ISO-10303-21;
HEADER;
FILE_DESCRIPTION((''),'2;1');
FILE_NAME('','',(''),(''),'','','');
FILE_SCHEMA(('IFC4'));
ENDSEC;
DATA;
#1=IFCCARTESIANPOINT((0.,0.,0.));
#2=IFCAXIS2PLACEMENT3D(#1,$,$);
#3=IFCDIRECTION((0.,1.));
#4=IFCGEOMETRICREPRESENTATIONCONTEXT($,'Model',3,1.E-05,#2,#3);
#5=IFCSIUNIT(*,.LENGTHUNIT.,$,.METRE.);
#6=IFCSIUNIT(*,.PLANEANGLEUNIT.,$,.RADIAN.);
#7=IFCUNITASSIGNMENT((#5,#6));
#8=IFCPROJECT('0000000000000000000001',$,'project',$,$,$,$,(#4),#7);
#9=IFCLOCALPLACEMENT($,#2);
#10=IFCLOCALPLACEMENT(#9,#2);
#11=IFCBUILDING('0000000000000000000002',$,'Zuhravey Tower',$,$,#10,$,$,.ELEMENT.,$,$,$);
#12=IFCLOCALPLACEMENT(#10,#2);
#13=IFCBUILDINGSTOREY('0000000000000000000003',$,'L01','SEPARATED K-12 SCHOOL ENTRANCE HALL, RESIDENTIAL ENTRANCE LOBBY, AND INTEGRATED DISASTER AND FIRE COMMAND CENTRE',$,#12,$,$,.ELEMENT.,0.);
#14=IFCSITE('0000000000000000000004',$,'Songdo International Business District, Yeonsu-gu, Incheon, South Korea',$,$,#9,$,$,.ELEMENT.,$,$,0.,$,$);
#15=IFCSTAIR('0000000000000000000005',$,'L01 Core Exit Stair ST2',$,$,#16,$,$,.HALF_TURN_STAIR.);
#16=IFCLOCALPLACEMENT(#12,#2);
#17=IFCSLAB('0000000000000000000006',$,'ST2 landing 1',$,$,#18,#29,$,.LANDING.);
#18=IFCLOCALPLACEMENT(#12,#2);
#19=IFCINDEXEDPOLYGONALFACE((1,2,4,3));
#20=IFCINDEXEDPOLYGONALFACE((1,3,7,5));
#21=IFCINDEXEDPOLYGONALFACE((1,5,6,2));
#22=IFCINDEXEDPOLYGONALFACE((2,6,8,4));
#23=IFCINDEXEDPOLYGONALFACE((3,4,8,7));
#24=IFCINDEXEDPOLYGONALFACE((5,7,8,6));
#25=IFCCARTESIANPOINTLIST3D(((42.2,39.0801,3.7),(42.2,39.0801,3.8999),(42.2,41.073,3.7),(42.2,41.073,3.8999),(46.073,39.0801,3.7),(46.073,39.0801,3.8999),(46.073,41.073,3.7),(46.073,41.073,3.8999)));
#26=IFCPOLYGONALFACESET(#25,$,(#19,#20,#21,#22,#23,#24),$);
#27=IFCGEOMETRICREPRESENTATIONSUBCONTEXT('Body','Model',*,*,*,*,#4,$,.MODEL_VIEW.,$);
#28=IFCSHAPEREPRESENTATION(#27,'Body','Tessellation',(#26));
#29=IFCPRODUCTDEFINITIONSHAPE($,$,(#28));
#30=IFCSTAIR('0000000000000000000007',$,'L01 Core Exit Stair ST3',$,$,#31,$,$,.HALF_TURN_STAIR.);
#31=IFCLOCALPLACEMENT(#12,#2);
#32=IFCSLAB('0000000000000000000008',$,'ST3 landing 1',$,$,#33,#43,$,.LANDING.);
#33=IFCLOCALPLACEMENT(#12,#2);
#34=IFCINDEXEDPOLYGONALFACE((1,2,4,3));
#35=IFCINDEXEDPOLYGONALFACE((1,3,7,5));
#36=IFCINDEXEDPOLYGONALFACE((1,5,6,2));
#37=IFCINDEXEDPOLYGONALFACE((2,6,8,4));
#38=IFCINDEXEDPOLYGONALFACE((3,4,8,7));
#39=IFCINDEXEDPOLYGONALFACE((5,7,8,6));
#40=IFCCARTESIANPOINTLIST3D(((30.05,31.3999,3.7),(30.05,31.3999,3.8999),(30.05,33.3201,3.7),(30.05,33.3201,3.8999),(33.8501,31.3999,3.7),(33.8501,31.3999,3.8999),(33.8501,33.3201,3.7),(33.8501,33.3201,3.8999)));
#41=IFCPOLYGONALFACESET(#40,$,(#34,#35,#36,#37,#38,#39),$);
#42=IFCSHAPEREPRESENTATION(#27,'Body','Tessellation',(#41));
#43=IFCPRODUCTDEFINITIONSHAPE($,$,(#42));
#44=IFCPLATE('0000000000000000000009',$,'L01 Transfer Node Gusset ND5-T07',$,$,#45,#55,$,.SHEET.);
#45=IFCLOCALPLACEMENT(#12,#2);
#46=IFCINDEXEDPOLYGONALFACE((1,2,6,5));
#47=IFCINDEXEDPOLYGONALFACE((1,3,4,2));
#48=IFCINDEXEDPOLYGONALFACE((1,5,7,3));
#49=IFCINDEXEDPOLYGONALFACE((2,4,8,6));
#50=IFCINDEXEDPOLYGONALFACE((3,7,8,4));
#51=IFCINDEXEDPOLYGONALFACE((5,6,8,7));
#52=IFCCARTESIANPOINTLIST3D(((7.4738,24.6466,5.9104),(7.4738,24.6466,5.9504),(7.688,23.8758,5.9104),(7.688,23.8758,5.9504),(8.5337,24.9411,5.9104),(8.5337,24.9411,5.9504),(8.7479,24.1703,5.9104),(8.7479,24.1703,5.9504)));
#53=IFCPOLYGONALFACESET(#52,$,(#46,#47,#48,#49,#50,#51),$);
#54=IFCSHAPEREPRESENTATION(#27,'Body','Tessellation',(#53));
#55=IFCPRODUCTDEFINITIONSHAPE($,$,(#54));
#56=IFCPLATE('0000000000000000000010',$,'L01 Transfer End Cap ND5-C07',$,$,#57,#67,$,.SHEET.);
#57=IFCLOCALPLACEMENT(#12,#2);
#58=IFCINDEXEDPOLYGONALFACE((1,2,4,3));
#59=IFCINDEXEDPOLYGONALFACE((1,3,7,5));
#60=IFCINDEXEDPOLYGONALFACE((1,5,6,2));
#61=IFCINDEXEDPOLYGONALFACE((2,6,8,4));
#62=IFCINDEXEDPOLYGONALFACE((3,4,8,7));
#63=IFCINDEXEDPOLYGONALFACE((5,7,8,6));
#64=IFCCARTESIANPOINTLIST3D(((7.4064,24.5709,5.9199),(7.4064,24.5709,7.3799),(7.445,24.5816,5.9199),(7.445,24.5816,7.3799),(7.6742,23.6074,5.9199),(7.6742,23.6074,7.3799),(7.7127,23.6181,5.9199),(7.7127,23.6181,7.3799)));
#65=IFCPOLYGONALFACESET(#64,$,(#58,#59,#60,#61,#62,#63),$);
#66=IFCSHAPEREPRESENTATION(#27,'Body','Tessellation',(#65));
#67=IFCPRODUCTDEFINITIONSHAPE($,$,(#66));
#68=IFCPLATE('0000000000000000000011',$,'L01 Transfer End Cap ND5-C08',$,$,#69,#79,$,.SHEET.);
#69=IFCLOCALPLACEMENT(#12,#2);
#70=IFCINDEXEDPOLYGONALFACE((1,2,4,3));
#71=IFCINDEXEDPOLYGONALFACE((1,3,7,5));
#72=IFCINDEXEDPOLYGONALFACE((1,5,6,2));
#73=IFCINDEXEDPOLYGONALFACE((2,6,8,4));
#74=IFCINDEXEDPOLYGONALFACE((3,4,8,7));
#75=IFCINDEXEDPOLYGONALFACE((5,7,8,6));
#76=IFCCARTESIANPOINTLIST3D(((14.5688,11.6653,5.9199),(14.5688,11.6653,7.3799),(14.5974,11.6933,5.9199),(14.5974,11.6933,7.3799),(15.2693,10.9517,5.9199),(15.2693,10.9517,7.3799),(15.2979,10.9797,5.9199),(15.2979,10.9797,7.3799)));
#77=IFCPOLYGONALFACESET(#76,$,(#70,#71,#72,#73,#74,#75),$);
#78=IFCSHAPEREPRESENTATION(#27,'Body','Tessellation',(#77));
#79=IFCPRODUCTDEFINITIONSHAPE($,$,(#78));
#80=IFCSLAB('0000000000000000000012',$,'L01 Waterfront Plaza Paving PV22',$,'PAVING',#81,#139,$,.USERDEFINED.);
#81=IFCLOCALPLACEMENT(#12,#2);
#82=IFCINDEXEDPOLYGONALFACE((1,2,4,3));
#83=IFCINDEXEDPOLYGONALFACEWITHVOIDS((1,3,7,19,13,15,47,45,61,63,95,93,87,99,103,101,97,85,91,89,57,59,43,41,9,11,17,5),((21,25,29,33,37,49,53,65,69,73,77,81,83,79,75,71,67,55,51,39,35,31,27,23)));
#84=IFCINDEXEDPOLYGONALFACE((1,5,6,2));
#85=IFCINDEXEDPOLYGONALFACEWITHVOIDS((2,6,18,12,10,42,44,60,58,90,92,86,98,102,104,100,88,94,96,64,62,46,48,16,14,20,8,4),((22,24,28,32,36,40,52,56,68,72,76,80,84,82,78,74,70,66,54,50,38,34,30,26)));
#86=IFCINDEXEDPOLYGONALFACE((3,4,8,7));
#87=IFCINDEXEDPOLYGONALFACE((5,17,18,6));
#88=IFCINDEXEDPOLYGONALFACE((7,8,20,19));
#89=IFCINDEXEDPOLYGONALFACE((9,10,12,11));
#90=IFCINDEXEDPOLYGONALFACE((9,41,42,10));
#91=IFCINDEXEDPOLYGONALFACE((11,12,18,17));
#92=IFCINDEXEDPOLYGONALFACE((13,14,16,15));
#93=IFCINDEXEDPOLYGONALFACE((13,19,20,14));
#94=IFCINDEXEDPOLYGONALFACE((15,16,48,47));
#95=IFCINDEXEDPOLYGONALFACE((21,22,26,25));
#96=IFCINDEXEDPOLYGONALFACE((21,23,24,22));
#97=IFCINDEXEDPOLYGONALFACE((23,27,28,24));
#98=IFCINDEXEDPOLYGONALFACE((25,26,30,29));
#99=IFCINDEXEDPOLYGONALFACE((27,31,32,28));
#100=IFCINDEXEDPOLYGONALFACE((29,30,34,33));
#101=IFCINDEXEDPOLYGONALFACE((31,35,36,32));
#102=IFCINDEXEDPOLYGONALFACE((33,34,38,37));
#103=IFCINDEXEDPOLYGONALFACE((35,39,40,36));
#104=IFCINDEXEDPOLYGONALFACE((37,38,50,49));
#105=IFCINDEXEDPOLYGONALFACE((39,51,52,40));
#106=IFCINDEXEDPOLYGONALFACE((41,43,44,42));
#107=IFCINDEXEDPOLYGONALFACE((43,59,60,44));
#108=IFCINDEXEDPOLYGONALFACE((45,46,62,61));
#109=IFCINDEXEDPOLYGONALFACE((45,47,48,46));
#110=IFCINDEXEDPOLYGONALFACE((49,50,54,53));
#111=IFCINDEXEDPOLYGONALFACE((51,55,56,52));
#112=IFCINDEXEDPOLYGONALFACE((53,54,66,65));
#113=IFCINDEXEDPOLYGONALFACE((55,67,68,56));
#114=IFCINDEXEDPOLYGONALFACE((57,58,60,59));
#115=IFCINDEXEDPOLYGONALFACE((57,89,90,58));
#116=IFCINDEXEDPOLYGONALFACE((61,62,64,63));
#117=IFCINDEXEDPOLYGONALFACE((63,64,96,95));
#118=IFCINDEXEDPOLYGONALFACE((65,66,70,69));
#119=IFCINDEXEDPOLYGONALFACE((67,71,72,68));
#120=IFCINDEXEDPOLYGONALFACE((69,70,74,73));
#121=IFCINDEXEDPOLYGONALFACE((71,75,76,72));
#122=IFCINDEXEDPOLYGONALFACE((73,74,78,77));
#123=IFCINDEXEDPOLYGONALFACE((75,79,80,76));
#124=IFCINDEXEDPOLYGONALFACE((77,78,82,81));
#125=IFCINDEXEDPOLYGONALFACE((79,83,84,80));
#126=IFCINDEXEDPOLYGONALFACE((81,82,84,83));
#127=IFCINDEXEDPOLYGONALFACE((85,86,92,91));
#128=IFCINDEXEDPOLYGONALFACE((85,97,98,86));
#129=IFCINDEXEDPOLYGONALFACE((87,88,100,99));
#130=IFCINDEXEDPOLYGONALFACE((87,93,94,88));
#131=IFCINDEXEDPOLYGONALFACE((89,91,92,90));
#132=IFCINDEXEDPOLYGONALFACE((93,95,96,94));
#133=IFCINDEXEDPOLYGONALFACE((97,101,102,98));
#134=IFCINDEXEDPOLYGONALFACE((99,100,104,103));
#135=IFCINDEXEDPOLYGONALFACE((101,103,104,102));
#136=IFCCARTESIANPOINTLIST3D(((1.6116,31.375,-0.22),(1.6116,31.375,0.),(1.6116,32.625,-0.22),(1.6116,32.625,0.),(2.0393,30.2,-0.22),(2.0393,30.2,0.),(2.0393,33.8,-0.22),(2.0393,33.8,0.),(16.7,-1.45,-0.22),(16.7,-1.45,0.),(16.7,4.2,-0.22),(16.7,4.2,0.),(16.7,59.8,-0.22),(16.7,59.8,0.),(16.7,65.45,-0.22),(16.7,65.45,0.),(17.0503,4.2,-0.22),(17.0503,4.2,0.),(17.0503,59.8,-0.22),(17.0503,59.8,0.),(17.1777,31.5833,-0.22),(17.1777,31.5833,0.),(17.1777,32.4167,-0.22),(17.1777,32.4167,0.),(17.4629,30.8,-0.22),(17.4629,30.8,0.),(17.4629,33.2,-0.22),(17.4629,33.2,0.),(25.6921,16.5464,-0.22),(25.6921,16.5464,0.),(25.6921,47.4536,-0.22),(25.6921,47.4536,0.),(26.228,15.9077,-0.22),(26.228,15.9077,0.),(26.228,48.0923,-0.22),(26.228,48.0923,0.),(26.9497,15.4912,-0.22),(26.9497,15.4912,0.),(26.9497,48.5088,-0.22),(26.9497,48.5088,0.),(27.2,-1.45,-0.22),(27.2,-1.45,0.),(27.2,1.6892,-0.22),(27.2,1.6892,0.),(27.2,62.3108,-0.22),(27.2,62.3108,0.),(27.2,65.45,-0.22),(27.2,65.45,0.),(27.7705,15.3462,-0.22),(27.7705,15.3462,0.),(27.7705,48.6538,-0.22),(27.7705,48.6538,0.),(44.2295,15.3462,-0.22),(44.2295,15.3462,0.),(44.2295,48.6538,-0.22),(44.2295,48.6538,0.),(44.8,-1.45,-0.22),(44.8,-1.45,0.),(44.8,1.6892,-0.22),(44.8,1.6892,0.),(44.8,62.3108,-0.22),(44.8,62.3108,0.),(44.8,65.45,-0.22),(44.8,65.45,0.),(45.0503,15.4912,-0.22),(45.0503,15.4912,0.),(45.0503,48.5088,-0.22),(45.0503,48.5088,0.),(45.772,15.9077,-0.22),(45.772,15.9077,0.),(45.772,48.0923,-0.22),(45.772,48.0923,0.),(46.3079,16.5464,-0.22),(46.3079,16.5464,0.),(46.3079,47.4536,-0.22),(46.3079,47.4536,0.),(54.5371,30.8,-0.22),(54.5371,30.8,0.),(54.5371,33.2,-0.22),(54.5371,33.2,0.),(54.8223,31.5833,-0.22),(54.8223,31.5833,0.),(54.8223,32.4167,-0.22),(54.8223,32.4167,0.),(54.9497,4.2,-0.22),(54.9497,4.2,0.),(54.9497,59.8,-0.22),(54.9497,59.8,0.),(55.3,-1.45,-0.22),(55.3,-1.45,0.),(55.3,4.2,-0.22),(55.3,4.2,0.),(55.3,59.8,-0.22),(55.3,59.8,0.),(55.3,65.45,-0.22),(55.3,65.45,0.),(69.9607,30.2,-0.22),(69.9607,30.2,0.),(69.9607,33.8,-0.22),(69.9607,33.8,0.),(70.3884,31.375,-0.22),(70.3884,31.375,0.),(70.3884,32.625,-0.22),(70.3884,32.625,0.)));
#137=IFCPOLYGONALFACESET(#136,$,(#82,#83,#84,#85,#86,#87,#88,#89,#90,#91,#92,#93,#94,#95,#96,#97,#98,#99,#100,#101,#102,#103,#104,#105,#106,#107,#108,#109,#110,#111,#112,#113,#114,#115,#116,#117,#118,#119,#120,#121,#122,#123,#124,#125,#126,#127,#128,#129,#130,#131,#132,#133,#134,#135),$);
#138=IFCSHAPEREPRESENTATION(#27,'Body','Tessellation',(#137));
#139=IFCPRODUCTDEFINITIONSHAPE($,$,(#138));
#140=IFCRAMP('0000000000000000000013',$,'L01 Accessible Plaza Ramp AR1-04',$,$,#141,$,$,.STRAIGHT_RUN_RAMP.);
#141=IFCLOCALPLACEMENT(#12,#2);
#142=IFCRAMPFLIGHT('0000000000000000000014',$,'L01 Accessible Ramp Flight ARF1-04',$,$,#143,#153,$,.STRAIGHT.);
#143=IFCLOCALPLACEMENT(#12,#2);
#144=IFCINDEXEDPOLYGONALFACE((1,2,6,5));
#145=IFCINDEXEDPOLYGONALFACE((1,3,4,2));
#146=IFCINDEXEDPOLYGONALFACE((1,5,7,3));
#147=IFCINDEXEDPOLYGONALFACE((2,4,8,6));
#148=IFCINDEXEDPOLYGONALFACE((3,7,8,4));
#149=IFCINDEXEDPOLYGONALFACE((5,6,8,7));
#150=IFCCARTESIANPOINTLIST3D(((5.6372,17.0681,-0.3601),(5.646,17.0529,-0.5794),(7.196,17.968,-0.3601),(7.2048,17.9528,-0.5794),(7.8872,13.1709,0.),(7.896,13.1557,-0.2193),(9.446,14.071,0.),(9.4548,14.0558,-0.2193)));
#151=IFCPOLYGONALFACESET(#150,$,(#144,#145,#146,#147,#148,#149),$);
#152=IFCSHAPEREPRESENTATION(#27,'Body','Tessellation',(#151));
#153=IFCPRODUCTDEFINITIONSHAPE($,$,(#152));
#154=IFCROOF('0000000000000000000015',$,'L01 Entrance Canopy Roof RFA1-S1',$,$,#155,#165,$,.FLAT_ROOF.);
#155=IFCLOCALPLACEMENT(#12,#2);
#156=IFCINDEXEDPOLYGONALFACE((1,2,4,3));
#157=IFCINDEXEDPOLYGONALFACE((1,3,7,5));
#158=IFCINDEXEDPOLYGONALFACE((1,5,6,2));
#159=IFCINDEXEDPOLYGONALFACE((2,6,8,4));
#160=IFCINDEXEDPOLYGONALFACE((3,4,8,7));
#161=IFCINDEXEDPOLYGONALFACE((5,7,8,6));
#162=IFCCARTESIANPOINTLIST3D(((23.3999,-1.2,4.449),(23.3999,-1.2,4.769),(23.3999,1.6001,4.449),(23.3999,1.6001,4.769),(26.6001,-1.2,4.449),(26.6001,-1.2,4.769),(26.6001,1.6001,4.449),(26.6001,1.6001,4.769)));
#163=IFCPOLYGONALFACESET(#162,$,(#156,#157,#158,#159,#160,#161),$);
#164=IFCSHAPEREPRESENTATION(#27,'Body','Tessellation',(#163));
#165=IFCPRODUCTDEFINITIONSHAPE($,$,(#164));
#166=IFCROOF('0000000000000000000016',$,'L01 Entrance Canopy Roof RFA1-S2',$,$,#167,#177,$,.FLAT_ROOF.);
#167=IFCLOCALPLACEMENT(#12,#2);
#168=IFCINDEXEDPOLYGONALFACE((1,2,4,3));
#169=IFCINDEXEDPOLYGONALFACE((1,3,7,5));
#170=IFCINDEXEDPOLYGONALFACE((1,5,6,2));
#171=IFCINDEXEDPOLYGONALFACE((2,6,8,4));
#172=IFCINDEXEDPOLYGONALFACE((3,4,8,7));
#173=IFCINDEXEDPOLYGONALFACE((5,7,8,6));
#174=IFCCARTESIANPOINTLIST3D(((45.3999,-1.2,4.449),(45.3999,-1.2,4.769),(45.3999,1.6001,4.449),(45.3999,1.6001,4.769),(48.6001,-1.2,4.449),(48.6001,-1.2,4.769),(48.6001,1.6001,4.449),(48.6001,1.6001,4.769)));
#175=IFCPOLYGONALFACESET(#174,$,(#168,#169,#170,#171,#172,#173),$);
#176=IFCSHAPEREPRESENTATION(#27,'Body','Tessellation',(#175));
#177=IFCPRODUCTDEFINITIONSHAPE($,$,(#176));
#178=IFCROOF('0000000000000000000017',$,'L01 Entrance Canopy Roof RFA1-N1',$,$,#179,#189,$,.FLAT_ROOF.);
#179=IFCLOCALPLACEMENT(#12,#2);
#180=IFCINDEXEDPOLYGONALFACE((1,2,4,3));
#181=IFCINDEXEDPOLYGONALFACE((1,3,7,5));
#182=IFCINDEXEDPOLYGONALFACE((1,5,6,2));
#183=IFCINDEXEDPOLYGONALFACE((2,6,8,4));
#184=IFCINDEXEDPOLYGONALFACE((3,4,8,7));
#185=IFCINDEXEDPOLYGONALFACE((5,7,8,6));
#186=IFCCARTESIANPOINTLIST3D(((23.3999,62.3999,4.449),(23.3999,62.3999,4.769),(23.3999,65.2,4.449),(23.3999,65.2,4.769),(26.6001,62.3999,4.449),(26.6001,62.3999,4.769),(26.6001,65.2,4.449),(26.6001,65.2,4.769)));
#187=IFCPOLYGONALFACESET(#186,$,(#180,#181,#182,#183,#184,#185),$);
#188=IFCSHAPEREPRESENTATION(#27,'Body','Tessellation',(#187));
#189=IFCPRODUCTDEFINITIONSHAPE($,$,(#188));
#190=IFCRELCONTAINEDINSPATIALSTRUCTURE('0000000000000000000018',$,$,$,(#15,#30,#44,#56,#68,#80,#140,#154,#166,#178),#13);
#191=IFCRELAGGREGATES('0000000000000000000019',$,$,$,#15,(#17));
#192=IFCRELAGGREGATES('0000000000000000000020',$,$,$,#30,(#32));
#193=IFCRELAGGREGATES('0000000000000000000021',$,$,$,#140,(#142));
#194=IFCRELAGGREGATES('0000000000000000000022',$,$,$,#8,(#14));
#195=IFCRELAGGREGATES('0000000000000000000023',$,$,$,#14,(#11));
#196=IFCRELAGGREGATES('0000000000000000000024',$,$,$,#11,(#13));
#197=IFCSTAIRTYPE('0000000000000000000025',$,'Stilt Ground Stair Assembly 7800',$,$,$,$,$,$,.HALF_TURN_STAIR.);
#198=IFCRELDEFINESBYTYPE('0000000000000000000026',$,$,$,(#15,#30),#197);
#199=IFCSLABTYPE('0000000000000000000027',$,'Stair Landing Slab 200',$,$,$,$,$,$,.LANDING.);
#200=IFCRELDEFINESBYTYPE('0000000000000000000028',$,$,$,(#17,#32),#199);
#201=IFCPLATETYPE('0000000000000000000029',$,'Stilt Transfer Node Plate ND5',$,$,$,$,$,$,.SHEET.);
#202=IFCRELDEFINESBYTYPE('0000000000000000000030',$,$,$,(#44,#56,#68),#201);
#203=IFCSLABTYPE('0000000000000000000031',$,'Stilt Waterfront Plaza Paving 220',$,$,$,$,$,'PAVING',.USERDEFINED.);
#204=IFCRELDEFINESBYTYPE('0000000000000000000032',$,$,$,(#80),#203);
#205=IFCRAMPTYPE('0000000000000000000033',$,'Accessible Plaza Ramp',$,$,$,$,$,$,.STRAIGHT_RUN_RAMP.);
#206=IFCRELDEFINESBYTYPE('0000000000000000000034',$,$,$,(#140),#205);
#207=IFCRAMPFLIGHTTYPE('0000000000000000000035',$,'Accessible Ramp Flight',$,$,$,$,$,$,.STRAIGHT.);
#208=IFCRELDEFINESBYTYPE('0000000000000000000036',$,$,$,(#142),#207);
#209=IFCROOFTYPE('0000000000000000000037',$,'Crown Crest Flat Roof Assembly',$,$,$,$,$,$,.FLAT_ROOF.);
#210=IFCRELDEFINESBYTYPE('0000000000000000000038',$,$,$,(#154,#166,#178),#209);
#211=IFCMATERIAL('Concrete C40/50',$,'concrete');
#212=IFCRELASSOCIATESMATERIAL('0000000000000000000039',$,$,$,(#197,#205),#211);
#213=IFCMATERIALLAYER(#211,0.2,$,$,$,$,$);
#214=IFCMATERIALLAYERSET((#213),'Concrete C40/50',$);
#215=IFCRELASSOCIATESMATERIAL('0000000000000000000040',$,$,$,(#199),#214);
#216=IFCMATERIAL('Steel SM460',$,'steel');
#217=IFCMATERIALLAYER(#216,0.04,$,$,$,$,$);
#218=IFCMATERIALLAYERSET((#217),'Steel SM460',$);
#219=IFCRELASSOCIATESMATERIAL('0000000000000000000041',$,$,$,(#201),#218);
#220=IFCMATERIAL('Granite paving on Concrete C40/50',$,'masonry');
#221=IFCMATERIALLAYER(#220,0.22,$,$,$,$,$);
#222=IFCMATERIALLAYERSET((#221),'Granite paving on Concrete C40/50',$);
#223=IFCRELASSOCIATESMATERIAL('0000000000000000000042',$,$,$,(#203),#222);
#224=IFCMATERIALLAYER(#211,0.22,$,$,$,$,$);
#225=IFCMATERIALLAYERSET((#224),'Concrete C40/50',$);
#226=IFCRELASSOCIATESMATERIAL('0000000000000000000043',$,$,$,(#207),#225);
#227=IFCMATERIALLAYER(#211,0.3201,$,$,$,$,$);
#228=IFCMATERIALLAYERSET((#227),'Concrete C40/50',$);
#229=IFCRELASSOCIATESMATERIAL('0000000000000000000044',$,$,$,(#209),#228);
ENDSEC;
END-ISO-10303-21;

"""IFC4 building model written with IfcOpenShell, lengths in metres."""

from ifc_helpers import new_model, si_unit, direction, frame, origin, origin_2d, place, context, subcontext, project, spatial, polyline, rectangle, outline, extrude, material, layer, layer_set, type_object, element, aggregate, save


model = new_model("IFC4")

# Units and contexts
model_context = context("Model", 3, precision=1e-05, world=origin(), true_north=direction((0.0, 1.0)))
body_context = subcontext(model_context, "Body", "Model", "MODEL_VIEW")
ifc_project = project(units=[si_unit("LENGTHUNIT", "METRE"), si_unit("PLANEANGLEUNIT", "RADIAN")], contexts=[model_context])

# Site, building, storey
site_placement = place(None, origin())
site = spatial("IfcSite", under=ifc_project, at=site_placement, Name="Songdo International Business District, Yeonsu-gu, Incheon, South Korea", CompositionType="ELEMENT", RefElevation=0.0)
building_placement = place(site_placement, origin())
building = spatial("IfcBuilding", under=site, at=building_placement, Name="Zuhravey Tower", CompositionType="ELEMENT")
storey_placement = place(building_placement, origin())
storey = spatial("IfcBuildingStorey", under=building, at=storey_placement, Name="L01", Description="SEPARATED K-12 SCHOOL ENTRANCE HALL, RESIDENTIAL ENTRANCE LOBBY, AND INTEGRATED DISASTER AND FIRE COMMAND CENTRE", CompositionType="ELEMENT", Elevation=0.0)

# Shared definitions
ifc_material_1 = material(Name="Steel SM460", Category="steel")

# Stairs, slabs
ifc_material_2 = material(Name="Concrete C40/50", Category="concrete")
stair_type = type_object("IfcStairType", Name="Stilt Ground Stair Assembly 7800", PredefinedType="HALF_TURN_STAIR", material=ifc_material_2)
ifc_layer_1 = layer(ifc_material_2, 0.2)
ifc_layer_set_1 = layer_set([ifc_layer_1], Name="Concrete C40/50")
slab_type_1 = type_object("IfcSlabType", Name="Stair Landing Slab 200", PredefinedType="LANDING", material=ifc_layer_set_1)
stair_1_placement = place(storey_placement, origin())
stair_1 = element("IfcStair", 1, at=stair_1_placement, inside=storey, type_object=stair_type, Name="L01 Core Exit Stair ST2", PredefinedType="HALF_TURN_STAIR")
slab_1_placement = place(storey_placement, frame((0.0, 0.0, 3.7)))
slab_1 = element("IfcSlab", 2, at=slab_1_placement, type_object=slab_type_1, Name="ST2 landing 1", PredefinedType="LANDING", context=body_context, shape_type="SweptSolid", body=[
    extrude(outline(polyline([(46.073, 39.0801), (46.073, 41.073), (42.2, 41.073), (42.2, 39.0801), (46.073, 39.0801)])), origin(), (0.0, 0.0, 1.0), 0.2),
])
aggregate(stair_1, [slab_1])
stair_2_placement = place(storey_placement, origin())
stair_2 = element("IfcStair", 3, at=stair_2_placement, inside=storey, type_object=stair_type, Name="L01 Core Exit Stair ST3", PredefinedType="HALF_TURN_STAIR")
slab_2_placement = place(storey_placement, frame((0.0, 0.0, 3.7)))
slab_2 = element("IfcSlab", 4, at=slab_2_placement, type_object=slab_type_1, Name="ST3 landing 1", PredefinedType="LANDING", context=body_context, shape_type="SweptSolid", body=[
    extrude(outline(polyline([(30.05, 33.3201), (30.05, 31.3999), (33.8501, 31.3999), (33.8501, 33.3201), (30.05, 33.3201)])), origin(), (0.0, 0.0, 1.0), 0.2),
])
aggregate(stair_2, [slab_2])

# Plates
ifc_layer_2 = layer(ifc_material_1, 0.04)
ifc_layer_set_2 = layer_set([ifc_layer_2], Name="Steel SM460")
plate_type_1 = type_object("IfcPlateType", Name="Stilt Transfer Node Plate ND5", PredefinedType="SHEET", material=ifc_layer_set_2)
plate_placement = place(storey_placement, frame((8.1108, 24.4084, 5.9104), z_axis=(0.0, 0.0, 1.0), x_axis=(-0.96349, -0.267743, 0.0)))
element("IfcPlate", 5, at=plate_placement, inside=storey, type_object=plate_type_1, Name="L01 Transfer Node Gusset ND5-T07", PredefinedType="SHEET", context=body_context, shape_type="SweptSolid", body=[
    extrude(rectangle(XDim=1.1001, YDim=0.8, at=origin_2d()), origin(), (0.0, 0.0, 1.0), 0.04),
])
for number, where, z_axis, x_axis, name in (
    (6, (7.5596, 24.0945, 5.9199), (0.0, 0.0, 1.0), (-0.96349, -0.267743, 0.0), "L01 Transfer End Cap ND5-C07"),
    (7, (14.9333, 11.3225, 5.9199), (0.0, 0.0, 1.0), (-0.713617, -0.700536, 0.0), "L01 Transfer End Cap ND5-C08"),
):
    element("IfcPlate", number, at=place(storey_placement, frame(where, z_axis=z_axis, x_axis=x_axis)), inside=storey, type_object=plate_type_1, Name=name, PredefinedType="SHEET", context=body_context, shape_type="SweptSolid", body=[
        extrude(rectangle(XDim=0.04, YDim=1.0, at=origin_2d()), origin(), (0.0, 0.0, 1.0), 1.46),
    ])

# Slab
ifc_material_3 = material(Name="Granite paving on Concrete C40/50", Category="masonry")
ifc_layer_3 = layer(ifc_material_3, 0.22)
ifc_layer_set_3 = layer_set([ifc_layer_3], Name="Granite paving on Concrete C40/50")
slab_type_2 = type_object("IfcSlabType", Name="Stilt Waterfront Plaza Paving 220", ElementType="PAVING", PredefinedType="USERDEFINED", material=ifc_layer_set_3)
slab_3_placement = place(storey_placement, frame((0.0, 0.0, -0.22)))
element("IfcSlab", 8, at=slab_3_placement, inside=storey, type_object=slab_type_2, Name="L01 Waterfront Plaza Paving PV22", ObjectType="PAVING", PredefinedType="USERDEFINED", context=body_context, shape_type="SweptSolid", body=[
    extrude(outline(polyline([(69.9607, 33.8), (70.3884, 32.625), (70.3884, 31.375), (69.9607, 30.2), (54.9497, 4.2), (55.3, 4.2), (55.3, -1.45), (44.8, -1.45), (44.8, 1.6892), (27.2, 1.6892), (27.2, -1.45), (16.7, -1.45), (16.7, 4.2), (17.0503, 4.2), (2.0393, 30.2), (1.6116, 31.375), (1.6116, 32.625), (2.0393, 33.8), (17.0503, 59.8), (16.7, 59.8), (16.7, 65.45), (27.2, 65.45), (27.2, 62.3108), (44.8, 62.3108), (44.8, 65.45), (55.3, 65.45), (55.3, 59.8), (54.9497, 59.8), (69.9607, 33.8)]), holes=[polyline([(54.5371, 30.8), (54.8223, 31.5833), (54.8223, 32.4167), (54.5371, 33.2), (46.3079, 47.4536), (45.772, 48.0923), (45.0503, 48.5088), (44.2295, 48.6538), (27.7705, 48.6538), (26.9497, 48.5088), (26.228, 48.0923), (25.6921, 47.4536), (17.4629, 33.2), (17.1777, 32.4167), (17.1777, 31.5833), (17.4629, 30.8), (25.6921, 16.5464), (26.228, 15.9077), (26.9497, 15.4912), (27.7705, 15.3462), (44.2295, 15.3462), (45.0503, 15.4912), (45.772, 15.9077), (46.3079, 16.5464), (54.5371, 30.8)])]), origin(), (0.0, 0.0, 1.0), 0.22),
])

# Ramp, ramp flight
ramp_type = type_object("IfcRampType", Name="Accessible Plaza Ramp", PredefinedType="STRAIGHT_RUN_RAMP", material=ifc_material_2)
ramp_placement = place(storey_placement, origin())
ramp = element("IfcRamp", 9, at=ramp_placement, inside=storey, type_object=ramp_type, Name="L01 Accessible Plaza Ramp AR1-04", PredefinedType="STRAIGHT_RUN_RAMP")
ifc_layer_4 = layer(ifc_material_2, 0.22)
ifc_layer_set_4 = layer_set([ifc_layer_4], Name="Concrete C40/50")
ramp_flight_type = type_object("IfcRampFlightType", Name="Accessible Ramp Flight", PredefinedType="STRAIGHT", material=ifc_layer_set_4)
ramp_flight_placement = place(storey_placement, frame((7.196, 17.968, -0.3601), z_axis=(-0.039886, 0.069082, 0.996813), x_axis=(-0.866048, -0.499962, -0.000005)))
ramp_flight = element("IfcRampFlight", 10, at=ramp_flight_placement, type_object=ramp_flight_type, Name="L01 Accessible Ramp Flight ARF1-04", PredefinedType="STRAIGHT", context=body_context, shape_type="SweptSolid", body=[
    extrude(outline(polyline([(0.0, 0.0), (1.7999, 0.0), (1.7998, 4.5145), (-0.0003, 4.5143), (0.0, 0.0)])), origin(), (0.0, 0.0, -1.0), 0.22),
])
aggregate(ramp, [ramp_flight])

# Roofs
ifc_layer_5 = layer(ifc_material_2, 0.3201)
ifc_layer_set_5 = layer_set([ifc_layer_5], Name="Concrete C40/50")
roof_type = type_object("IfcRoofType", Name="Crown Crest Flat Roof Assembly", PredefinedType="FLAT_ROOF", material=ifc_layer_set_5)
roof_1_placement = place(storey_placement, frame((0.0, 0.0, 4.449)))
element("IfcRoof", 11, at=roof_1_placement, inside=storey, type_object=roof_type, Name="L01 Entrance Canopy Roof RFA1-S1", PredefinedType="FLAT_ROOF", context=body_context, shape_type="SweptSolid", body=[
    extrude(outline(polyline([(23.3999, -1.2), (26.6001, -1.2), (26.6001, 1.6001), (23.3999, 1.6001), (23.3999, -1.2)])), origin(), (0.0, 0.0, 1.0), 0.3201),
])
roof_2_placement = place(storey_placement, frame((0.0, 0.0, 4.449)))
element("IfcRoof", 12, at=roof_2_placement, inside=storey, type_object=roof_type, Name="L01 Entrance Canopy Roof RFA1-S2", PredefinedType="FLAT_ROOF", context=body_context, shape_type="SweptSolid", body=[
    extrude(outline(polyline([(45.3999, -1.2), (48.6001, -1.2), (48.6001, 1.6001), (45.3999, 1.6001), (45.3999, -1.2)])), origin(), (0.0, 0.0, 1.0), 0.3201),
])
roof_3_placement = place(storey_placement, frame((0.0, 0.0, 4.449)))
element("IfcRoof", 13, at=roof_3_placement, inside=storey, type_object=roof_type, Name="L01 Entrance Canopy Roof RFA1-N1", PredefinedType="FLAT_ROOF", context=body_context, shape_type="SweptSolid", body=[
    extrude(outline(polyline([(23.3999, 62.3999), (26.6001, 62.3999), (26.6001, 65.2), (23.3999, 65.2), (23.3999, 62.3999)])), origin(), (0.0, 0.0, 1.0), 0.3201),
])

save(model, "model.ifc")
